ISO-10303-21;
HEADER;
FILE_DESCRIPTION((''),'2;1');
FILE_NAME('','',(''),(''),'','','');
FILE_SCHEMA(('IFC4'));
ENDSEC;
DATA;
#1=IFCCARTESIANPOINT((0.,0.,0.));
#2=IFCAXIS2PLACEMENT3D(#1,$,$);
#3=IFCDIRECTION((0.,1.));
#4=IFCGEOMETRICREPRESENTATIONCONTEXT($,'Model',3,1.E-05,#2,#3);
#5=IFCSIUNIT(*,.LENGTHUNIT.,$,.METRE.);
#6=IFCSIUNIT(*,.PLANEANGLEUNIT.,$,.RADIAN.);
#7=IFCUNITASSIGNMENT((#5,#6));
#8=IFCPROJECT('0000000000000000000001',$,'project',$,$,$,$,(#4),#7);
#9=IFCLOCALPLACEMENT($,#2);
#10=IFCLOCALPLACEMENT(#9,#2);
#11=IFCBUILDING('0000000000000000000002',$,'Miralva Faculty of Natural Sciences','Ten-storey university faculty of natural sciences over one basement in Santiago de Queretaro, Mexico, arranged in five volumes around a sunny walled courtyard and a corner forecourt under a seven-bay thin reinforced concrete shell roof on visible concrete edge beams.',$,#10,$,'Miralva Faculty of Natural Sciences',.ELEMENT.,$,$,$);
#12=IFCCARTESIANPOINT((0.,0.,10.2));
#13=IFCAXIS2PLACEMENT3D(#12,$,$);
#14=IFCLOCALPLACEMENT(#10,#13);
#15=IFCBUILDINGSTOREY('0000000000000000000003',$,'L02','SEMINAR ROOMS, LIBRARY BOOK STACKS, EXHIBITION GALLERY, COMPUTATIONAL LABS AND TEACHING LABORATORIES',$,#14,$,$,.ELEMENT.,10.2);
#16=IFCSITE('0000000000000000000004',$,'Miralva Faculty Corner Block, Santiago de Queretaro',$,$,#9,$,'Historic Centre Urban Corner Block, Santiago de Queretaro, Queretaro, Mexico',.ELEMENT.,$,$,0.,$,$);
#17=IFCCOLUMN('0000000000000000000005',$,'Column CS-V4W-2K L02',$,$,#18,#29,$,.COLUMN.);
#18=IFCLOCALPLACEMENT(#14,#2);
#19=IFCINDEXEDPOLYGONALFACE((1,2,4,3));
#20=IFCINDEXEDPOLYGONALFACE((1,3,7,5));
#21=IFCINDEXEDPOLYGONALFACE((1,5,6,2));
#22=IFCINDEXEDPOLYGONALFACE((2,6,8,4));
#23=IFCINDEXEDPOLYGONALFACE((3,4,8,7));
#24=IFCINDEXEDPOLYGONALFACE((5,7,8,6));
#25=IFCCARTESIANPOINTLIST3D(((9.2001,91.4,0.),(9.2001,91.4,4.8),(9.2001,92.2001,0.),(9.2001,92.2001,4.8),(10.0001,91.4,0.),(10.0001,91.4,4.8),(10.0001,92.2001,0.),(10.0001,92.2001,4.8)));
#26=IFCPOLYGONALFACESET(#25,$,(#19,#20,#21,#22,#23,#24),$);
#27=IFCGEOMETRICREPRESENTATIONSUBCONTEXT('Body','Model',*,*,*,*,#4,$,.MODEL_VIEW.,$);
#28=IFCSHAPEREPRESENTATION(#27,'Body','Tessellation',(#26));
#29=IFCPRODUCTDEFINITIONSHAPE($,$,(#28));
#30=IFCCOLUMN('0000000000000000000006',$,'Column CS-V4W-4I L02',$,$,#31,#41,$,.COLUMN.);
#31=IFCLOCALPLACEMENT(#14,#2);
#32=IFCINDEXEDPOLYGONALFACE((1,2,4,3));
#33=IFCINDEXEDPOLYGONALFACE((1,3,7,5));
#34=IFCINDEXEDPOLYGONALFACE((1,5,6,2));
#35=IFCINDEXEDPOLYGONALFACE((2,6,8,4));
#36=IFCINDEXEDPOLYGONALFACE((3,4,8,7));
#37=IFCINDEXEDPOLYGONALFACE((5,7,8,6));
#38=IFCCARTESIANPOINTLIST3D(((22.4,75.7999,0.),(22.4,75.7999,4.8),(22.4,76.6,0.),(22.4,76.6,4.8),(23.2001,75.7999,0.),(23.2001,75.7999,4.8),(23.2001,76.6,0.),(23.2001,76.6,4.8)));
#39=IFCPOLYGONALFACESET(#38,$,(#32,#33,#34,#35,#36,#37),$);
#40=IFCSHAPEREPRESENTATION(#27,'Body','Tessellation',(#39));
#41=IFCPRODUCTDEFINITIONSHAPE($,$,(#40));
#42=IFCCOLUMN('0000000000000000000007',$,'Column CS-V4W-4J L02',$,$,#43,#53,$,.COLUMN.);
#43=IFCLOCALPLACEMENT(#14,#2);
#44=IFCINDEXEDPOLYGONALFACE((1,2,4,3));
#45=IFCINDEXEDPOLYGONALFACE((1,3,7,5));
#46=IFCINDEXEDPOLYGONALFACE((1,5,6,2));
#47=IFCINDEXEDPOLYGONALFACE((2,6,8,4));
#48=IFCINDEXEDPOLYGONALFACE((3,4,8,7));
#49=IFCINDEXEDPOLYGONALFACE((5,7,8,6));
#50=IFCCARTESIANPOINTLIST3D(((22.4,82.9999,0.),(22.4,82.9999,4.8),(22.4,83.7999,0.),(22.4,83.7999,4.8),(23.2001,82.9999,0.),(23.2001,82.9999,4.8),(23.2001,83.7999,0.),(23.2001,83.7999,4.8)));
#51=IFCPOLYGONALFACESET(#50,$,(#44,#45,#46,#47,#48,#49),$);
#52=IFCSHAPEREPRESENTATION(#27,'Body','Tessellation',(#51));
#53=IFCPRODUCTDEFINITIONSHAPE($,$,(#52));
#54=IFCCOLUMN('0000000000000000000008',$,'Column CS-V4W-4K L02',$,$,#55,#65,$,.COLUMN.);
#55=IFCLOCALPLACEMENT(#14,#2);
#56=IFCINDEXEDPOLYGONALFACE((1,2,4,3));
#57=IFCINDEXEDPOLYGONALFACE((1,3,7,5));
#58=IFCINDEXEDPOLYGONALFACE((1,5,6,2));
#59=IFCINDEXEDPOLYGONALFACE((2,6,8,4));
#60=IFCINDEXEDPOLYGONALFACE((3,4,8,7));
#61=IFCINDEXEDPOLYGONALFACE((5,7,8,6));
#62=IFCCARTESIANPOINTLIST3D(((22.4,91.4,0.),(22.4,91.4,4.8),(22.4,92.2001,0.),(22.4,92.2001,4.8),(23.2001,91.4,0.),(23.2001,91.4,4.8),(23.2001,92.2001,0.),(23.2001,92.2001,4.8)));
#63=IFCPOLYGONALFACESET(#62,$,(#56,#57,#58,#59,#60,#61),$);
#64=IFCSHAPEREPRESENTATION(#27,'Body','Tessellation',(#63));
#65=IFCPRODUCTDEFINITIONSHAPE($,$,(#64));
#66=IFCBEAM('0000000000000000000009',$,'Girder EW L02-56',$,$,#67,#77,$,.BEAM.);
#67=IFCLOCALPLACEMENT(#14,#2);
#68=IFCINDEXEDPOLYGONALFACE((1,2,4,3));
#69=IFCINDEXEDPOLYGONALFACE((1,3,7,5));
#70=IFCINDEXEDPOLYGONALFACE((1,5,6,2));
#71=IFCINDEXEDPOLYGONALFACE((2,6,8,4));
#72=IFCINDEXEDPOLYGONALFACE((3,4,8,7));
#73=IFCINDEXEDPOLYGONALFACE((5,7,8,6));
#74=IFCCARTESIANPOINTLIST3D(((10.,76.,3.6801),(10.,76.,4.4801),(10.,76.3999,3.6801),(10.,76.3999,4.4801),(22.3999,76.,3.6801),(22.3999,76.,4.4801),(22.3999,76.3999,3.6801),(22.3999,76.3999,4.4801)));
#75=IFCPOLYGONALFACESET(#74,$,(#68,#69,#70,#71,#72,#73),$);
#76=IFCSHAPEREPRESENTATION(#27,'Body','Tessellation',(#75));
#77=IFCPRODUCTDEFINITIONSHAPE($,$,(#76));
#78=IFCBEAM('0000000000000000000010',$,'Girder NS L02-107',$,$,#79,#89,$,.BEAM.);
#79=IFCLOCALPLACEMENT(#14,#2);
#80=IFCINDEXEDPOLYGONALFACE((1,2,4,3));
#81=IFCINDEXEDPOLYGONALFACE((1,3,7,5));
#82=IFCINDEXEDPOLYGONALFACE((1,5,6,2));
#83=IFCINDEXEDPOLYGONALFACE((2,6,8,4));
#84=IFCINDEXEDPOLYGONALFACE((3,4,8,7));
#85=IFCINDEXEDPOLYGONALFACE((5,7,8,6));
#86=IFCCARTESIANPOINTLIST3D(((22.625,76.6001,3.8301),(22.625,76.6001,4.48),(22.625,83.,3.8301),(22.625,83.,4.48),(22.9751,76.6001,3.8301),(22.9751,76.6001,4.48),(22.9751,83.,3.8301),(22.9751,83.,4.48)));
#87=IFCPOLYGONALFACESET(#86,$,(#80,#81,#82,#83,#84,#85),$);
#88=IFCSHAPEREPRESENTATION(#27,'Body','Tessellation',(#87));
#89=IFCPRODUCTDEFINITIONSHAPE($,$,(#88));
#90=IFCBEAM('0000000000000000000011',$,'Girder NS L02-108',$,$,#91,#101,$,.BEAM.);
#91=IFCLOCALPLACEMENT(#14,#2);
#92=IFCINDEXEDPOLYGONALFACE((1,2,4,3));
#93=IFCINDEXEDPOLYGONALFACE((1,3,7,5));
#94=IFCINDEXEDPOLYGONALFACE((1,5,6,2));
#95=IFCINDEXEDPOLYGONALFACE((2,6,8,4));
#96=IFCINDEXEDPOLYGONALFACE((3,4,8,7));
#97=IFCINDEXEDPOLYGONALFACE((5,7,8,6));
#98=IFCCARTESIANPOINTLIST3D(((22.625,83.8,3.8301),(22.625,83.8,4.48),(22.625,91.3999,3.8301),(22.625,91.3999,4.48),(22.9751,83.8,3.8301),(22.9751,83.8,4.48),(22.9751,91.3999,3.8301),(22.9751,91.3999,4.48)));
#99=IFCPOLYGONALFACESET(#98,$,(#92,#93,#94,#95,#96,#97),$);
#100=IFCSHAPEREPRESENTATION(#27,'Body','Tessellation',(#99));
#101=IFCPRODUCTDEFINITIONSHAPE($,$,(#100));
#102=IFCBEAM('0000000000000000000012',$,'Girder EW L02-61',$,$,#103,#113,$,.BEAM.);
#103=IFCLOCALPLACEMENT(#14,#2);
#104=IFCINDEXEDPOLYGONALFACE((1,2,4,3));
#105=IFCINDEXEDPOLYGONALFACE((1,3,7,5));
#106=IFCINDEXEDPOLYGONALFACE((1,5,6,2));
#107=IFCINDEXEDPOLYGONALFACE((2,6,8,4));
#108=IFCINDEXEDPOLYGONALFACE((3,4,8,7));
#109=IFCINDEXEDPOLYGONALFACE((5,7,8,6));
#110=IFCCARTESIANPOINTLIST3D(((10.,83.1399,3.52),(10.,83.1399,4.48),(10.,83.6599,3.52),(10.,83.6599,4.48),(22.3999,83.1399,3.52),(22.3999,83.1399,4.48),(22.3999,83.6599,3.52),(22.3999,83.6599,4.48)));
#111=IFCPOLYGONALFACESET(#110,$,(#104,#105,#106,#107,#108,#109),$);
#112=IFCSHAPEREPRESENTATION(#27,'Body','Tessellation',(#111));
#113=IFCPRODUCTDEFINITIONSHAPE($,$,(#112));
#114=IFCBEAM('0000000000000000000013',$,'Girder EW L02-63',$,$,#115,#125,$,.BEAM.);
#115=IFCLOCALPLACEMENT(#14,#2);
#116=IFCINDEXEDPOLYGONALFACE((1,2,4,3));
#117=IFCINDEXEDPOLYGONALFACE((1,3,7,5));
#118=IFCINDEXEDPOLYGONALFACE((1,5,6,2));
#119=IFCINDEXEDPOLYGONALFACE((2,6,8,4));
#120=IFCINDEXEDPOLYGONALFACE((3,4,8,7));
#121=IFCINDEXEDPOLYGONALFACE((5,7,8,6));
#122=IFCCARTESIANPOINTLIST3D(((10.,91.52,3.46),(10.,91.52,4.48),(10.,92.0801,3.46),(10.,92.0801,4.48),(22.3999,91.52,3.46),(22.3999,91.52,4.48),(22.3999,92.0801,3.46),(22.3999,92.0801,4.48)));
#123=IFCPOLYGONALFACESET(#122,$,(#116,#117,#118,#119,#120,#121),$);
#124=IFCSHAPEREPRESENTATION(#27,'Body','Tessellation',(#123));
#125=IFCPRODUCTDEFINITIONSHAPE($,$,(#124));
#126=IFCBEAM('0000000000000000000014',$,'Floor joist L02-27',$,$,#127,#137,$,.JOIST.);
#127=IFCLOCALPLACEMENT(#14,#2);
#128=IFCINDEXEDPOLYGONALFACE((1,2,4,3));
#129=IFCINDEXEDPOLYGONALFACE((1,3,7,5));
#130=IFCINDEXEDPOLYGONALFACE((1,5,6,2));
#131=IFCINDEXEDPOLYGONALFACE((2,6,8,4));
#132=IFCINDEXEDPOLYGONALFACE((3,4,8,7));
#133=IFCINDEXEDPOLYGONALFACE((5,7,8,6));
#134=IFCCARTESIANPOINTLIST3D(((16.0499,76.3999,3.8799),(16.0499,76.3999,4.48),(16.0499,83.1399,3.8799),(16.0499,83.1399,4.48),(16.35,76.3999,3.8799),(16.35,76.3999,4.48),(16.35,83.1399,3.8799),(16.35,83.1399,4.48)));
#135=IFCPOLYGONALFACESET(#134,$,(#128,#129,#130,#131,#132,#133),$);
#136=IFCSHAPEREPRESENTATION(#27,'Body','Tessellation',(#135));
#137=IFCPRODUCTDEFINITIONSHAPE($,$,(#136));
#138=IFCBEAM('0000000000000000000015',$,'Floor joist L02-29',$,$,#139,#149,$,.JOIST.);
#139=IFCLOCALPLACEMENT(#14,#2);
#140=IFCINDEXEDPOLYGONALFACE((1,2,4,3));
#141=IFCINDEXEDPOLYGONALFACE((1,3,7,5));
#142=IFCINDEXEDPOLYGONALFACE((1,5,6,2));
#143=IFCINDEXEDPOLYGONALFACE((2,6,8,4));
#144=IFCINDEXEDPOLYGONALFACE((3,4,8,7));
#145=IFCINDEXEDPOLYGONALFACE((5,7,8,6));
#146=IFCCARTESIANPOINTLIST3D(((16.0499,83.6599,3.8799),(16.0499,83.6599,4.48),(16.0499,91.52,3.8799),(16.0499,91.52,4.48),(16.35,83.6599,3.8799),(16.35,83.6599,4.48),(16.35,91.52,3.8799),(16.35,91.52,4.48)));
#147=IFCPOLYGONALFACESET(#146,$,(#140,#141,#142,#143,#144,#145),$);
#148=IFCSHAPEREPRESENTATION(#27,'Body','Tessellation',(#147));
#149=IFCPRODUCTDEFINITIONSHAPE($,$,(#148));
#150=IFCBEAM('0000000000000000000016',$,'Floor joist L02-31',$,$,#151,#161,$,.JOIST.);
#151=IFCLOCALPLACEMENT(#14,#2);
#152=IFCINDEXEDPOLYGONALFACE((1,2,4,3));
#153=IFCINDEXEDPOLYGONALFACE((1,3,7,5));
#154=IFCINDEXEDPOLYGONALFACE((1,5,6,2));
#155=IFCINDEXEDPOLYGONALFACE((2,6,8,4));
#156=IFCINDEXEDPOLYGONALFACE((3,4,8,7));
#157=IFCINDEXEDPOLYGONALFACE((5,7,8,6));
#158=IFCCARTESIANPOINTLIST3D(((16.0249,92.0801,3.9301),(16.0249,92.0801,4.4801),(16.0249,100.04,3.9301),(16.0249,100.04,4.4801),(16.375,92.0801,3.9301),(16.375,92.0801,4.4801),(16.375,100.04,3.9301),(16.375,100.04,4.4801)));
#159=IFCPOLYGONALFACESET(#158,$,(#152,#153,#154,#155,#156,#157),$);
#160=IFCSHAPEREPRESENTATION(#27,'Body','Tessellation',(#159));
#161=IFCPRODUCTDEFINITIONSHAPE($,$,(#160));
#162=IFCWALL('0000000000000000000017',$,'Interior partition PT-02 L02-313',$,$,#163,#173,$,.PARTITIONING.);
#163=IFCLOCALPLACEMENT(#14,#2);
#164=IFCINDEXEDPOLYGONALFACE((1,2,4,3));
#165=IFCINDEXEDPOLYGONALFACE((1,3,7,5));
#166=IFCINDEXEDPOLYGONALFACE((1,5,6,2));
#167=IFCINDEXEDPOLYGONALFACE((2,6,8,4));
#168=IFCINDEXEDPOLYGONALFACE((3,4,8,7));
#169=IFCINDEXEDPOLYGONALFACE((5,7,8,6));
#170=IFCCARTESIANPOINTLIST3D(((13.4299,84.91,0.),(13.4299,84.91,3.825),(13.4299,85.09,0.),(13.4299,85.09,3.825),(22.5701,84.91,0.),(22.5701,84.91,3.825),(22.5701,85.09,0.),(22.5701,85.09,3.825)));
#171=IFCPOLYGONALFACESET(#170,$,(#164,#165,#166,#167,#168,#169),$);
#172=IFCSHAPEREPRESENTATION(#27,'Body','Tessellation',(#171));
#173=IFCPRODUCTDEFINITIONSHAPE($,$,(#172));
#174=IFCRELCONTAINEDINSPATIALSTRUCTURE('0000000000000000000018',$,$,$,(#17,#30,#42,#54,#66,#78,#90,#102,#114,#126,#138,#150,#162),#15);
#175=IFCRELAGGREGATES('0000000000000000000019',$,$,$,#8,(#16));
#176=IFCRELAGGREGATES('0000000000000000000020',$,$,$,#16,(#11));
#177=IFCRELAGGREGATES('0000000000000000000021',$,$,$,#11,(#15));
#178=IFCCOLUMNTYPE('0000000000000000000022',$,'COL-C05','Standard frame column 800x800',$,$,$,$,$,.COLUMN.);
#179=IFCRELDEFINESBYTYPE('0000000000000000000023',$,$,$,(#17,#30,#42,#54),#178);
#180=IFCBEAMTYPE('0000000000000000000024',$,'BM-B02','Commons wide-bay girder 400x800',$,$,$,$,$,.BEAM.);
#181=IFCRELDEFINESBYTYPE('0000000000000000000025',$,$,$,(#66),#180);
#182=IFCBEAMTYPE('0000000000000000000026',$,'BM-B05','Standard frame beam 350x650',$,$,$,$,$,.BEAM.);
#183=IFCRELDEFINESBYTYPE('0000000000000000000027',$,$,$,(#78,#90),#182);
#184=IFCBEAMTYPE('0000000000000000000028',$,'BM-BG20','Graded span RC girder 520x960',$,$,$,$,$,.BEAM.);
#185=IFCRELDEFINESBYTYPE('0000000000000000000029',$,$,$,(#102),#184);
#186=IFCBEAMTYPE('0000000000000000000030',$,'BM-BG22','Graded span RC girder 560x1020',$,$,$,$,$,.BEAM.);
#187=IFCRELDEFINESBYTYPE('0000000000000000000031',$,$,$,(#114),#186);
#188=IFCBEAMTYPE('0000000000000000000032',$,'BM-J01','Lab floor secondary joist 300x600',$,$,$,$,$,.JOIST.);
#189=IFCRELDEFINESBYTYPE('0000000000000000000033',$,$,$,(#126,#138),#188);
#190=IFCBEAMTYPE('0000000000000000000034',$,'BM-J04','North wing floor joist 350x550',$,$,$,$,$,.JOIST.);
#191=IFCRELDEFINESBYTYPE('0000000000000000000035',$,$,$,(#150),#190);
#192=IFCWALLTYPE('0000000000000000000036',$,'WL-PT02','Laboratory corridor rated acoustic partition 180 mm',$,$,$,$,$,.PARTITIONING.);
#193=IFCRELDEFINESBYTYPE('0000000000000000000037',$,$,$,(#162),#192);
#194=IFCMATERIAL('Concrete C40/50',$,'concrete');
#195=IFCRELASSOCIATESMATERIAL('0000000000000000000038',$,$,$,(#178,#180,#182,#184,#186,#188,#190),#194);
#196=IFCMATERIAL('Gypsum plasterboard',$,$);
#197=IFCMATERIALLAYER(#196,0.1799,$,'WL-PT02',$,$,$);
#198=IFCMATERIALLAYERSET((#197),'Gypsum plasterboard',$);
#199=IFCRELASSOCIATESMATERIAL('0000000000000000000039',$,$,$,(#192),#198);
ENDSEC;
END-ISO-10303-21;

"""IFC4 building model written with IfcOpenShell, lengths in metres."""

from ifc_helpers import new_model, si_unit, direction, frame, frame_2d, origin, origin_2d, place, context, subcontext, project, spatial, rectangle, extrude, material, layer, layer_set, material_profile, profile_set, type_object, element, save


model = new_model("IFC4")

# Units and contexts
model_context = context("Model", 3, precision=1e-05, world=origin(), true_north=direction((0.0, 1.0)))
body_context = subcontext(model_context, "Body", "Model", "MODEL_VIEW")
ifc_project = project(units=[si_unit("LENGTHUNIT", "METRE"), si_unit("PLANEANGLEUNIT", "RADIAN")], contexts=[model_context])

# Site, building, storey
site_placement = place(None, origin())
site = spatial("IfcSite", under=ifc_project, at=site_placement, Name="Miralva Faculty Corner Block, Santiago de Queretaro", LongName="Historic Centre Urban Corner Block, Santiago de Queretaro, Queretaro, Mexico", CompositionType="ELEMENT", RefElevation=0.0)
building_placement = place(site_placement, origin())
building = spatial("IfcBuilding", under=site, at=building_placement, Name="Miralva Faculty of Natural Sciences", Description="Ten-storey university faculty of natural sciences over one basement in Santiago de Queretaro, Mexico, arranged in five volumes around a sunny walled courtyard and a corner forecourt under a seven-bay thin reinforced concrete shell roof on visible concrete edge beams.", LongName="Miralva Faculty of Natural Sciences", CompositionType="ELEMENT")
storey_placement = place(building_placement, frame((0.0, 0.0, 10.2)))
storey = spatial("IfcBuildingStorey", under=building, at=storey_placement, Name="L02", Description="SEMINAR ROOMS, LIBRARY BOOK STACKS, EXHIBITION GALLERY, COMPUTATIONAL LABS AND TEACHING LABORATORIES", CompositionType="ELEMENT", Elevation=10.2)

# Columns
ifc_material_1 = material(Name="Concrete C40/50", Category="concrete")
ifc_material_profile_1 = material_profile(ifc_material_1, rectangle(XDim=0.8, YDim=0.8, at=origin_2d()), Name="RC 800x800")
ifc_profile_set_1 = profile_set([ifc_material_profile_1], Name="Concrete C40/50")
column_type = type_object("IfcColumnType", Name="COL-C05", Description="Standard frame column 800x800", PredefinedType="COLUMN", material=ifc_profile_set_1)
for number, where, z_axis, x_axis, name in (
    (1, (9.6001, 91.8, 0.0), (0.0, 0.0, 1.0), (1.0, 0.0, 0.0), "Column CS-V4W-2K L02"),
    (2, (22.8, 76.2, 0.0), (0.0, 0.0, 1.0), (1.0, 0.0, 0.0), "Column CS-V4W-4I L02"),
    (3, (22.8, 83.3999, 0.0), (0.0, 0.0, 1.0), (1.0, 0.0, 0.0), "Column CS-V4W-4J L02"),
    (4, (22.8, 91.8, 0.0), (0.0, 0.0, 1.0), (1.0, 0.0, 0.0), "Column CS-V4W-4K L02"),
):
    element("IfcColumn", number, at=place(storey_placement, frame(where, z_axis=z_axis, x_axis=x_axis)), inside=storey, type_object=column_type, Name=name, PredefinedType="COLUMN", context=body_context, shape_type="SweptSolid", body=[
        extrude(rectangle(XDim=0.8, YDim=0.8, at=origin_2d()), origin(), (0.0, 0.0, 1.0), 4.8),
    ])

# Beams
ifc_material_profile_2 = material_profile(ifc_material_1, rectangle(XDim=0.3999, YDim=0.8, at=origin_2d()), Name="RC 400x800")
ifc_profile_set_2 = profile_set([ifc_material_profile_2], Name="Concrete C40/50")
beam_type_1 = type_object("IfcBeamType", Name="BM-B02", Description="Commons wide-bay girder 400x800", PredefinedType="BEAM", material=ifc_profile_set_2)
beam_1_placement = place(storey_placement, frame((10.0, 76.2, 4.0801), z_axis=(1.0, 0.0, 0.0), x_axis=(0.0, 1.0, 0.0)))
element("IfcBeam", 5, at=beam_1_placement, inside=storey, type_object=beam_type_1, Name="Girder EW L02-56", PredefinedType="BEAM", context=body_context, shape_type="SweptSolid", body=[
    extrude(rectangle(XDim=0.3999, YDim=0.8, at=origin_2d()), origin(), (0.0, 0.0, 1.0), 12.3999),
])
ifc_material_profile_3 = material_profile(ifc_material_1, rectangle(XDim=0.3501, YDim=0.6499, at=origin_2d()), Name="RC 350x650")
ifc_profile_set_3 = profile_set([ifc_material_profile_3], Name="Concrete C40/50")
beam_type_2 = type_object("IfcBeamType", Name="BM-B05", Description="Standard frame beam 350x650", PredefinedType="BEAM", material=ifc_profile_set_3)
beam_2_placement = place(storey_placement, frame((22.8, 76.6001, 4.155), z_axis=(0.0, 1.0, 0.0), x_axis=(-1.0, 0.0, 0.0)))
element("IfcBeam", 6, at=beam_2_placement, inside=storey, type_object=beam_type_2, Name="Girder NS L02-107", PredefinedType="BEAM", context=body_context, shape_type="SweptSolid", body=[
    extrude(rectangle(XDim=0.3501, YDim=0.6499, at=origin_2d()), origin(), (0.0, 0.0, 1.0), 6.3999),
])
beam_3_placement = place(storey_placement, frame((22.8, 83.8, 4.155), z_axis=(0.0, 1.0, 0.0), x_axis=(-1.0, 0.0, 0.0)))
element("IfcBeam", 7, at=beam_3_placement, inside=storey, type_object=beam_type_2, Name="Girder NS L02-108", PredefinedType="BEAM", context=body_context, shape_type="SweptSolid", body=[
    extrude(rectangle(XDim=0.3501, YDim=0.6499, at=origin_2d()), origin(), (0.0, 0.0, 1.0), 7.5999),
])
ifc_material_profile_4 = material_profile(ifc_material_1, rectangle(XDim=0.52, YDim=0.96, at=origin_2d()), Name="RC 520x960")
ifc_profile_set_4 = profile_set([ifc_material_profile_4], Name="Concrete C40/50")
beam_type_3 = type_object("IfcBeamType", Name="BM-BG20", Description="Graded span RC girder 520x960", PredefinedType="BEAM", material=ifc_profile_set_4)
beam_4_placement = place(storey_placement, frame((10.0, 83.3999, 4.0), z_axis=(1.0, 0.0, 0.0), x_axis=(0.0, 1.0, 0.0)))
element("IfcBeam", 8, at=beam_4_placement, inside=storey, type_object=beam_type_3, Name="Girder EW L02-61", PredefinedType="BEAM", context=body_context, shape_type="SweptSolid", body=[
    extrude(rectangle(XDim=0.52, YDim=0.96, at=origin_2d()), origin(), (0.0, 0.0, 1.0), 12.3999),
])
ifc_material_profile_5 = material_profile(ifc_material_1, rectangle(XDim=0.5601, YDim=1.02, at=origin_2d()), Name="RC 560x1020")
ifc_profile_set_5 = profile_set([ifc_material_profile_5], Name="Concrete C40/50")
beam_type_4 = type_object("IfcBeamType", Name="BM-BG22", Description="Graded span RC girder 560x1020", PredefinedType="BEAM", material=ifc_profile_set_5)
beam_5_placement = place(storey_placement, frame((10.0, 91.8, 3.97), z_axis=(1.0, 0.0, 0.0), x_axis=(0.0, 1.0, 0.0)))
element("IfcBeam", 9, at=beam_5_placement, inside=storey, type_object=beam_type_4, Name="Girder EW L02-63", PredefinedType="BEAM", context=body_context, shape_type="SweptSolid", body=[
    extrude(rectangle(XDim=0.5601, YDim=1.02, at=origin_2d()), origin(), (0.0, 0.0, 1.0), 12.3999),
])
ifc_material_profile_6 = material_profile(ifc_material_1, rectangle(XDim=0.3, YDim=0.6001, at=origin_2d()), Name="RC 300x600")
ifc_profile_set_6 = profile_set([ifc_material_profile_6], Name="Concrete C40/50")
beam_type_5 = type_object("IfcBeamType", Name="BM-J01", Description="Lab floor secondary joist 300x600", PredefinedType="JOIST", material=ifc_profile_set_6)
beam_6_placement = place(storey_placement, frame((16.2, 76.3999, 4.1799), z_axis=(0.0, 1.0, 0.0), x_axis=(-1.0, 0.0, 0.0)))
element("IfcBeam", 10, at=beam_6_placement, inside=storey, type_object=beam_type_5, Name="Floor joist L02-27", PredefinedType="JOIST", context=body_context, shape_type="SweptSolid", body=[
    extrude(rectangle(XDim=0.3, YDim=0.6001, at=origin_2d()), origin(), (0.0, 0.0, 1.0), 6.74),
])
beam_7_placement = place(storey_placement, frame((16.2, 83.6599, 4.1799), z_axis=(0.0, 1.0, 0.0), x_axis=(-1.0, 0.0, 0.0)))
element("IfcBeam", 11, at=beam_7_placement, inside=storey, type_object=beam_type_5, Name="Floor joist L02-29", PredefinedType="JOIST", context=body_context, shape_type="SweptSolid", body=[
    extrude(rectangle(XDim=0.3, YDim=0.6001, at=origin_2d()), origin(), (0.0, 0.0, 1.0), 7.8601),
])
ifc_material_profile_7 = material_profile(ifc_material_1, rectangle(XDim=0.3501, YDim=0.55, at=origin_2d()), Name="RC 350x550")
ifc_profile_set_7 = profile_set([ifc_material_profile_7], Name="Concrete C40/50")
beam_type_6 = type_object("IfcBeamType", Name="BM-J04", Description="North wing floor joist 350x550", PredefinedType="JOIST", material=ifc_profile_set_7)
beam_8_placement = place(storey_placement, frame((16.2, 92.0801, 4.2051), z_axis=(0.0, 1.0, 0.0), x_axis=(-1.0, 0.0, 0.0)))
element("IfcBeam", 12, at=beam_8_placement, inside=storey, type_object=beam_type_6, Name="Floor joist L02-31", PredefinedType="JOIST", context=body_context, shape_type="SweptSolid", body=[
    extrude(rectangle(XDim=0.3501, YDim=0.55, at=origin_2d()), origin(), (0.0, 0.0, 1.0), 7.96),
])

# Wall
ifc_material_2 = material(Name="Gypsum plasterboard")
ifc_layer_1 = layer(ifc_material_2, 0.1799, Name="WL-PT02")
ifc_layer_set_1 = layer_set([ifc_layer_1], Name="Gypsum plasterboard")
wall_type_1 = type_object("IfcWallType", Name="WL-PT02", Description="Laboratory corridor rated acoustic partition 180 mm", PredefinedType="PARTITIONING", material=ifc_layer_set_1)
wall_1_placement = place(storey_placement, frame((13.4299, 85.0, 0.0), z_axis=(0.0, 0.0, 1.0), x_axis=(1.0, 0.0, 0.0)))
element("IfcWall", 13, at=wall_1_placement, inside=storey, type_object=wall_type_1, Name="Interior partition PT-02 L02-313", PredefinedType="PARTITIONING", context=body_context, shape_type="SweptSolid", body=[
    extrude(rectangle(XDim=9.1401, YDim=0.1799, at=frame_2d((4.5701, 0.0))), origin(), (0.0, 0.0, 1.0), 3.825),
])

save(model, "model.ifc")
